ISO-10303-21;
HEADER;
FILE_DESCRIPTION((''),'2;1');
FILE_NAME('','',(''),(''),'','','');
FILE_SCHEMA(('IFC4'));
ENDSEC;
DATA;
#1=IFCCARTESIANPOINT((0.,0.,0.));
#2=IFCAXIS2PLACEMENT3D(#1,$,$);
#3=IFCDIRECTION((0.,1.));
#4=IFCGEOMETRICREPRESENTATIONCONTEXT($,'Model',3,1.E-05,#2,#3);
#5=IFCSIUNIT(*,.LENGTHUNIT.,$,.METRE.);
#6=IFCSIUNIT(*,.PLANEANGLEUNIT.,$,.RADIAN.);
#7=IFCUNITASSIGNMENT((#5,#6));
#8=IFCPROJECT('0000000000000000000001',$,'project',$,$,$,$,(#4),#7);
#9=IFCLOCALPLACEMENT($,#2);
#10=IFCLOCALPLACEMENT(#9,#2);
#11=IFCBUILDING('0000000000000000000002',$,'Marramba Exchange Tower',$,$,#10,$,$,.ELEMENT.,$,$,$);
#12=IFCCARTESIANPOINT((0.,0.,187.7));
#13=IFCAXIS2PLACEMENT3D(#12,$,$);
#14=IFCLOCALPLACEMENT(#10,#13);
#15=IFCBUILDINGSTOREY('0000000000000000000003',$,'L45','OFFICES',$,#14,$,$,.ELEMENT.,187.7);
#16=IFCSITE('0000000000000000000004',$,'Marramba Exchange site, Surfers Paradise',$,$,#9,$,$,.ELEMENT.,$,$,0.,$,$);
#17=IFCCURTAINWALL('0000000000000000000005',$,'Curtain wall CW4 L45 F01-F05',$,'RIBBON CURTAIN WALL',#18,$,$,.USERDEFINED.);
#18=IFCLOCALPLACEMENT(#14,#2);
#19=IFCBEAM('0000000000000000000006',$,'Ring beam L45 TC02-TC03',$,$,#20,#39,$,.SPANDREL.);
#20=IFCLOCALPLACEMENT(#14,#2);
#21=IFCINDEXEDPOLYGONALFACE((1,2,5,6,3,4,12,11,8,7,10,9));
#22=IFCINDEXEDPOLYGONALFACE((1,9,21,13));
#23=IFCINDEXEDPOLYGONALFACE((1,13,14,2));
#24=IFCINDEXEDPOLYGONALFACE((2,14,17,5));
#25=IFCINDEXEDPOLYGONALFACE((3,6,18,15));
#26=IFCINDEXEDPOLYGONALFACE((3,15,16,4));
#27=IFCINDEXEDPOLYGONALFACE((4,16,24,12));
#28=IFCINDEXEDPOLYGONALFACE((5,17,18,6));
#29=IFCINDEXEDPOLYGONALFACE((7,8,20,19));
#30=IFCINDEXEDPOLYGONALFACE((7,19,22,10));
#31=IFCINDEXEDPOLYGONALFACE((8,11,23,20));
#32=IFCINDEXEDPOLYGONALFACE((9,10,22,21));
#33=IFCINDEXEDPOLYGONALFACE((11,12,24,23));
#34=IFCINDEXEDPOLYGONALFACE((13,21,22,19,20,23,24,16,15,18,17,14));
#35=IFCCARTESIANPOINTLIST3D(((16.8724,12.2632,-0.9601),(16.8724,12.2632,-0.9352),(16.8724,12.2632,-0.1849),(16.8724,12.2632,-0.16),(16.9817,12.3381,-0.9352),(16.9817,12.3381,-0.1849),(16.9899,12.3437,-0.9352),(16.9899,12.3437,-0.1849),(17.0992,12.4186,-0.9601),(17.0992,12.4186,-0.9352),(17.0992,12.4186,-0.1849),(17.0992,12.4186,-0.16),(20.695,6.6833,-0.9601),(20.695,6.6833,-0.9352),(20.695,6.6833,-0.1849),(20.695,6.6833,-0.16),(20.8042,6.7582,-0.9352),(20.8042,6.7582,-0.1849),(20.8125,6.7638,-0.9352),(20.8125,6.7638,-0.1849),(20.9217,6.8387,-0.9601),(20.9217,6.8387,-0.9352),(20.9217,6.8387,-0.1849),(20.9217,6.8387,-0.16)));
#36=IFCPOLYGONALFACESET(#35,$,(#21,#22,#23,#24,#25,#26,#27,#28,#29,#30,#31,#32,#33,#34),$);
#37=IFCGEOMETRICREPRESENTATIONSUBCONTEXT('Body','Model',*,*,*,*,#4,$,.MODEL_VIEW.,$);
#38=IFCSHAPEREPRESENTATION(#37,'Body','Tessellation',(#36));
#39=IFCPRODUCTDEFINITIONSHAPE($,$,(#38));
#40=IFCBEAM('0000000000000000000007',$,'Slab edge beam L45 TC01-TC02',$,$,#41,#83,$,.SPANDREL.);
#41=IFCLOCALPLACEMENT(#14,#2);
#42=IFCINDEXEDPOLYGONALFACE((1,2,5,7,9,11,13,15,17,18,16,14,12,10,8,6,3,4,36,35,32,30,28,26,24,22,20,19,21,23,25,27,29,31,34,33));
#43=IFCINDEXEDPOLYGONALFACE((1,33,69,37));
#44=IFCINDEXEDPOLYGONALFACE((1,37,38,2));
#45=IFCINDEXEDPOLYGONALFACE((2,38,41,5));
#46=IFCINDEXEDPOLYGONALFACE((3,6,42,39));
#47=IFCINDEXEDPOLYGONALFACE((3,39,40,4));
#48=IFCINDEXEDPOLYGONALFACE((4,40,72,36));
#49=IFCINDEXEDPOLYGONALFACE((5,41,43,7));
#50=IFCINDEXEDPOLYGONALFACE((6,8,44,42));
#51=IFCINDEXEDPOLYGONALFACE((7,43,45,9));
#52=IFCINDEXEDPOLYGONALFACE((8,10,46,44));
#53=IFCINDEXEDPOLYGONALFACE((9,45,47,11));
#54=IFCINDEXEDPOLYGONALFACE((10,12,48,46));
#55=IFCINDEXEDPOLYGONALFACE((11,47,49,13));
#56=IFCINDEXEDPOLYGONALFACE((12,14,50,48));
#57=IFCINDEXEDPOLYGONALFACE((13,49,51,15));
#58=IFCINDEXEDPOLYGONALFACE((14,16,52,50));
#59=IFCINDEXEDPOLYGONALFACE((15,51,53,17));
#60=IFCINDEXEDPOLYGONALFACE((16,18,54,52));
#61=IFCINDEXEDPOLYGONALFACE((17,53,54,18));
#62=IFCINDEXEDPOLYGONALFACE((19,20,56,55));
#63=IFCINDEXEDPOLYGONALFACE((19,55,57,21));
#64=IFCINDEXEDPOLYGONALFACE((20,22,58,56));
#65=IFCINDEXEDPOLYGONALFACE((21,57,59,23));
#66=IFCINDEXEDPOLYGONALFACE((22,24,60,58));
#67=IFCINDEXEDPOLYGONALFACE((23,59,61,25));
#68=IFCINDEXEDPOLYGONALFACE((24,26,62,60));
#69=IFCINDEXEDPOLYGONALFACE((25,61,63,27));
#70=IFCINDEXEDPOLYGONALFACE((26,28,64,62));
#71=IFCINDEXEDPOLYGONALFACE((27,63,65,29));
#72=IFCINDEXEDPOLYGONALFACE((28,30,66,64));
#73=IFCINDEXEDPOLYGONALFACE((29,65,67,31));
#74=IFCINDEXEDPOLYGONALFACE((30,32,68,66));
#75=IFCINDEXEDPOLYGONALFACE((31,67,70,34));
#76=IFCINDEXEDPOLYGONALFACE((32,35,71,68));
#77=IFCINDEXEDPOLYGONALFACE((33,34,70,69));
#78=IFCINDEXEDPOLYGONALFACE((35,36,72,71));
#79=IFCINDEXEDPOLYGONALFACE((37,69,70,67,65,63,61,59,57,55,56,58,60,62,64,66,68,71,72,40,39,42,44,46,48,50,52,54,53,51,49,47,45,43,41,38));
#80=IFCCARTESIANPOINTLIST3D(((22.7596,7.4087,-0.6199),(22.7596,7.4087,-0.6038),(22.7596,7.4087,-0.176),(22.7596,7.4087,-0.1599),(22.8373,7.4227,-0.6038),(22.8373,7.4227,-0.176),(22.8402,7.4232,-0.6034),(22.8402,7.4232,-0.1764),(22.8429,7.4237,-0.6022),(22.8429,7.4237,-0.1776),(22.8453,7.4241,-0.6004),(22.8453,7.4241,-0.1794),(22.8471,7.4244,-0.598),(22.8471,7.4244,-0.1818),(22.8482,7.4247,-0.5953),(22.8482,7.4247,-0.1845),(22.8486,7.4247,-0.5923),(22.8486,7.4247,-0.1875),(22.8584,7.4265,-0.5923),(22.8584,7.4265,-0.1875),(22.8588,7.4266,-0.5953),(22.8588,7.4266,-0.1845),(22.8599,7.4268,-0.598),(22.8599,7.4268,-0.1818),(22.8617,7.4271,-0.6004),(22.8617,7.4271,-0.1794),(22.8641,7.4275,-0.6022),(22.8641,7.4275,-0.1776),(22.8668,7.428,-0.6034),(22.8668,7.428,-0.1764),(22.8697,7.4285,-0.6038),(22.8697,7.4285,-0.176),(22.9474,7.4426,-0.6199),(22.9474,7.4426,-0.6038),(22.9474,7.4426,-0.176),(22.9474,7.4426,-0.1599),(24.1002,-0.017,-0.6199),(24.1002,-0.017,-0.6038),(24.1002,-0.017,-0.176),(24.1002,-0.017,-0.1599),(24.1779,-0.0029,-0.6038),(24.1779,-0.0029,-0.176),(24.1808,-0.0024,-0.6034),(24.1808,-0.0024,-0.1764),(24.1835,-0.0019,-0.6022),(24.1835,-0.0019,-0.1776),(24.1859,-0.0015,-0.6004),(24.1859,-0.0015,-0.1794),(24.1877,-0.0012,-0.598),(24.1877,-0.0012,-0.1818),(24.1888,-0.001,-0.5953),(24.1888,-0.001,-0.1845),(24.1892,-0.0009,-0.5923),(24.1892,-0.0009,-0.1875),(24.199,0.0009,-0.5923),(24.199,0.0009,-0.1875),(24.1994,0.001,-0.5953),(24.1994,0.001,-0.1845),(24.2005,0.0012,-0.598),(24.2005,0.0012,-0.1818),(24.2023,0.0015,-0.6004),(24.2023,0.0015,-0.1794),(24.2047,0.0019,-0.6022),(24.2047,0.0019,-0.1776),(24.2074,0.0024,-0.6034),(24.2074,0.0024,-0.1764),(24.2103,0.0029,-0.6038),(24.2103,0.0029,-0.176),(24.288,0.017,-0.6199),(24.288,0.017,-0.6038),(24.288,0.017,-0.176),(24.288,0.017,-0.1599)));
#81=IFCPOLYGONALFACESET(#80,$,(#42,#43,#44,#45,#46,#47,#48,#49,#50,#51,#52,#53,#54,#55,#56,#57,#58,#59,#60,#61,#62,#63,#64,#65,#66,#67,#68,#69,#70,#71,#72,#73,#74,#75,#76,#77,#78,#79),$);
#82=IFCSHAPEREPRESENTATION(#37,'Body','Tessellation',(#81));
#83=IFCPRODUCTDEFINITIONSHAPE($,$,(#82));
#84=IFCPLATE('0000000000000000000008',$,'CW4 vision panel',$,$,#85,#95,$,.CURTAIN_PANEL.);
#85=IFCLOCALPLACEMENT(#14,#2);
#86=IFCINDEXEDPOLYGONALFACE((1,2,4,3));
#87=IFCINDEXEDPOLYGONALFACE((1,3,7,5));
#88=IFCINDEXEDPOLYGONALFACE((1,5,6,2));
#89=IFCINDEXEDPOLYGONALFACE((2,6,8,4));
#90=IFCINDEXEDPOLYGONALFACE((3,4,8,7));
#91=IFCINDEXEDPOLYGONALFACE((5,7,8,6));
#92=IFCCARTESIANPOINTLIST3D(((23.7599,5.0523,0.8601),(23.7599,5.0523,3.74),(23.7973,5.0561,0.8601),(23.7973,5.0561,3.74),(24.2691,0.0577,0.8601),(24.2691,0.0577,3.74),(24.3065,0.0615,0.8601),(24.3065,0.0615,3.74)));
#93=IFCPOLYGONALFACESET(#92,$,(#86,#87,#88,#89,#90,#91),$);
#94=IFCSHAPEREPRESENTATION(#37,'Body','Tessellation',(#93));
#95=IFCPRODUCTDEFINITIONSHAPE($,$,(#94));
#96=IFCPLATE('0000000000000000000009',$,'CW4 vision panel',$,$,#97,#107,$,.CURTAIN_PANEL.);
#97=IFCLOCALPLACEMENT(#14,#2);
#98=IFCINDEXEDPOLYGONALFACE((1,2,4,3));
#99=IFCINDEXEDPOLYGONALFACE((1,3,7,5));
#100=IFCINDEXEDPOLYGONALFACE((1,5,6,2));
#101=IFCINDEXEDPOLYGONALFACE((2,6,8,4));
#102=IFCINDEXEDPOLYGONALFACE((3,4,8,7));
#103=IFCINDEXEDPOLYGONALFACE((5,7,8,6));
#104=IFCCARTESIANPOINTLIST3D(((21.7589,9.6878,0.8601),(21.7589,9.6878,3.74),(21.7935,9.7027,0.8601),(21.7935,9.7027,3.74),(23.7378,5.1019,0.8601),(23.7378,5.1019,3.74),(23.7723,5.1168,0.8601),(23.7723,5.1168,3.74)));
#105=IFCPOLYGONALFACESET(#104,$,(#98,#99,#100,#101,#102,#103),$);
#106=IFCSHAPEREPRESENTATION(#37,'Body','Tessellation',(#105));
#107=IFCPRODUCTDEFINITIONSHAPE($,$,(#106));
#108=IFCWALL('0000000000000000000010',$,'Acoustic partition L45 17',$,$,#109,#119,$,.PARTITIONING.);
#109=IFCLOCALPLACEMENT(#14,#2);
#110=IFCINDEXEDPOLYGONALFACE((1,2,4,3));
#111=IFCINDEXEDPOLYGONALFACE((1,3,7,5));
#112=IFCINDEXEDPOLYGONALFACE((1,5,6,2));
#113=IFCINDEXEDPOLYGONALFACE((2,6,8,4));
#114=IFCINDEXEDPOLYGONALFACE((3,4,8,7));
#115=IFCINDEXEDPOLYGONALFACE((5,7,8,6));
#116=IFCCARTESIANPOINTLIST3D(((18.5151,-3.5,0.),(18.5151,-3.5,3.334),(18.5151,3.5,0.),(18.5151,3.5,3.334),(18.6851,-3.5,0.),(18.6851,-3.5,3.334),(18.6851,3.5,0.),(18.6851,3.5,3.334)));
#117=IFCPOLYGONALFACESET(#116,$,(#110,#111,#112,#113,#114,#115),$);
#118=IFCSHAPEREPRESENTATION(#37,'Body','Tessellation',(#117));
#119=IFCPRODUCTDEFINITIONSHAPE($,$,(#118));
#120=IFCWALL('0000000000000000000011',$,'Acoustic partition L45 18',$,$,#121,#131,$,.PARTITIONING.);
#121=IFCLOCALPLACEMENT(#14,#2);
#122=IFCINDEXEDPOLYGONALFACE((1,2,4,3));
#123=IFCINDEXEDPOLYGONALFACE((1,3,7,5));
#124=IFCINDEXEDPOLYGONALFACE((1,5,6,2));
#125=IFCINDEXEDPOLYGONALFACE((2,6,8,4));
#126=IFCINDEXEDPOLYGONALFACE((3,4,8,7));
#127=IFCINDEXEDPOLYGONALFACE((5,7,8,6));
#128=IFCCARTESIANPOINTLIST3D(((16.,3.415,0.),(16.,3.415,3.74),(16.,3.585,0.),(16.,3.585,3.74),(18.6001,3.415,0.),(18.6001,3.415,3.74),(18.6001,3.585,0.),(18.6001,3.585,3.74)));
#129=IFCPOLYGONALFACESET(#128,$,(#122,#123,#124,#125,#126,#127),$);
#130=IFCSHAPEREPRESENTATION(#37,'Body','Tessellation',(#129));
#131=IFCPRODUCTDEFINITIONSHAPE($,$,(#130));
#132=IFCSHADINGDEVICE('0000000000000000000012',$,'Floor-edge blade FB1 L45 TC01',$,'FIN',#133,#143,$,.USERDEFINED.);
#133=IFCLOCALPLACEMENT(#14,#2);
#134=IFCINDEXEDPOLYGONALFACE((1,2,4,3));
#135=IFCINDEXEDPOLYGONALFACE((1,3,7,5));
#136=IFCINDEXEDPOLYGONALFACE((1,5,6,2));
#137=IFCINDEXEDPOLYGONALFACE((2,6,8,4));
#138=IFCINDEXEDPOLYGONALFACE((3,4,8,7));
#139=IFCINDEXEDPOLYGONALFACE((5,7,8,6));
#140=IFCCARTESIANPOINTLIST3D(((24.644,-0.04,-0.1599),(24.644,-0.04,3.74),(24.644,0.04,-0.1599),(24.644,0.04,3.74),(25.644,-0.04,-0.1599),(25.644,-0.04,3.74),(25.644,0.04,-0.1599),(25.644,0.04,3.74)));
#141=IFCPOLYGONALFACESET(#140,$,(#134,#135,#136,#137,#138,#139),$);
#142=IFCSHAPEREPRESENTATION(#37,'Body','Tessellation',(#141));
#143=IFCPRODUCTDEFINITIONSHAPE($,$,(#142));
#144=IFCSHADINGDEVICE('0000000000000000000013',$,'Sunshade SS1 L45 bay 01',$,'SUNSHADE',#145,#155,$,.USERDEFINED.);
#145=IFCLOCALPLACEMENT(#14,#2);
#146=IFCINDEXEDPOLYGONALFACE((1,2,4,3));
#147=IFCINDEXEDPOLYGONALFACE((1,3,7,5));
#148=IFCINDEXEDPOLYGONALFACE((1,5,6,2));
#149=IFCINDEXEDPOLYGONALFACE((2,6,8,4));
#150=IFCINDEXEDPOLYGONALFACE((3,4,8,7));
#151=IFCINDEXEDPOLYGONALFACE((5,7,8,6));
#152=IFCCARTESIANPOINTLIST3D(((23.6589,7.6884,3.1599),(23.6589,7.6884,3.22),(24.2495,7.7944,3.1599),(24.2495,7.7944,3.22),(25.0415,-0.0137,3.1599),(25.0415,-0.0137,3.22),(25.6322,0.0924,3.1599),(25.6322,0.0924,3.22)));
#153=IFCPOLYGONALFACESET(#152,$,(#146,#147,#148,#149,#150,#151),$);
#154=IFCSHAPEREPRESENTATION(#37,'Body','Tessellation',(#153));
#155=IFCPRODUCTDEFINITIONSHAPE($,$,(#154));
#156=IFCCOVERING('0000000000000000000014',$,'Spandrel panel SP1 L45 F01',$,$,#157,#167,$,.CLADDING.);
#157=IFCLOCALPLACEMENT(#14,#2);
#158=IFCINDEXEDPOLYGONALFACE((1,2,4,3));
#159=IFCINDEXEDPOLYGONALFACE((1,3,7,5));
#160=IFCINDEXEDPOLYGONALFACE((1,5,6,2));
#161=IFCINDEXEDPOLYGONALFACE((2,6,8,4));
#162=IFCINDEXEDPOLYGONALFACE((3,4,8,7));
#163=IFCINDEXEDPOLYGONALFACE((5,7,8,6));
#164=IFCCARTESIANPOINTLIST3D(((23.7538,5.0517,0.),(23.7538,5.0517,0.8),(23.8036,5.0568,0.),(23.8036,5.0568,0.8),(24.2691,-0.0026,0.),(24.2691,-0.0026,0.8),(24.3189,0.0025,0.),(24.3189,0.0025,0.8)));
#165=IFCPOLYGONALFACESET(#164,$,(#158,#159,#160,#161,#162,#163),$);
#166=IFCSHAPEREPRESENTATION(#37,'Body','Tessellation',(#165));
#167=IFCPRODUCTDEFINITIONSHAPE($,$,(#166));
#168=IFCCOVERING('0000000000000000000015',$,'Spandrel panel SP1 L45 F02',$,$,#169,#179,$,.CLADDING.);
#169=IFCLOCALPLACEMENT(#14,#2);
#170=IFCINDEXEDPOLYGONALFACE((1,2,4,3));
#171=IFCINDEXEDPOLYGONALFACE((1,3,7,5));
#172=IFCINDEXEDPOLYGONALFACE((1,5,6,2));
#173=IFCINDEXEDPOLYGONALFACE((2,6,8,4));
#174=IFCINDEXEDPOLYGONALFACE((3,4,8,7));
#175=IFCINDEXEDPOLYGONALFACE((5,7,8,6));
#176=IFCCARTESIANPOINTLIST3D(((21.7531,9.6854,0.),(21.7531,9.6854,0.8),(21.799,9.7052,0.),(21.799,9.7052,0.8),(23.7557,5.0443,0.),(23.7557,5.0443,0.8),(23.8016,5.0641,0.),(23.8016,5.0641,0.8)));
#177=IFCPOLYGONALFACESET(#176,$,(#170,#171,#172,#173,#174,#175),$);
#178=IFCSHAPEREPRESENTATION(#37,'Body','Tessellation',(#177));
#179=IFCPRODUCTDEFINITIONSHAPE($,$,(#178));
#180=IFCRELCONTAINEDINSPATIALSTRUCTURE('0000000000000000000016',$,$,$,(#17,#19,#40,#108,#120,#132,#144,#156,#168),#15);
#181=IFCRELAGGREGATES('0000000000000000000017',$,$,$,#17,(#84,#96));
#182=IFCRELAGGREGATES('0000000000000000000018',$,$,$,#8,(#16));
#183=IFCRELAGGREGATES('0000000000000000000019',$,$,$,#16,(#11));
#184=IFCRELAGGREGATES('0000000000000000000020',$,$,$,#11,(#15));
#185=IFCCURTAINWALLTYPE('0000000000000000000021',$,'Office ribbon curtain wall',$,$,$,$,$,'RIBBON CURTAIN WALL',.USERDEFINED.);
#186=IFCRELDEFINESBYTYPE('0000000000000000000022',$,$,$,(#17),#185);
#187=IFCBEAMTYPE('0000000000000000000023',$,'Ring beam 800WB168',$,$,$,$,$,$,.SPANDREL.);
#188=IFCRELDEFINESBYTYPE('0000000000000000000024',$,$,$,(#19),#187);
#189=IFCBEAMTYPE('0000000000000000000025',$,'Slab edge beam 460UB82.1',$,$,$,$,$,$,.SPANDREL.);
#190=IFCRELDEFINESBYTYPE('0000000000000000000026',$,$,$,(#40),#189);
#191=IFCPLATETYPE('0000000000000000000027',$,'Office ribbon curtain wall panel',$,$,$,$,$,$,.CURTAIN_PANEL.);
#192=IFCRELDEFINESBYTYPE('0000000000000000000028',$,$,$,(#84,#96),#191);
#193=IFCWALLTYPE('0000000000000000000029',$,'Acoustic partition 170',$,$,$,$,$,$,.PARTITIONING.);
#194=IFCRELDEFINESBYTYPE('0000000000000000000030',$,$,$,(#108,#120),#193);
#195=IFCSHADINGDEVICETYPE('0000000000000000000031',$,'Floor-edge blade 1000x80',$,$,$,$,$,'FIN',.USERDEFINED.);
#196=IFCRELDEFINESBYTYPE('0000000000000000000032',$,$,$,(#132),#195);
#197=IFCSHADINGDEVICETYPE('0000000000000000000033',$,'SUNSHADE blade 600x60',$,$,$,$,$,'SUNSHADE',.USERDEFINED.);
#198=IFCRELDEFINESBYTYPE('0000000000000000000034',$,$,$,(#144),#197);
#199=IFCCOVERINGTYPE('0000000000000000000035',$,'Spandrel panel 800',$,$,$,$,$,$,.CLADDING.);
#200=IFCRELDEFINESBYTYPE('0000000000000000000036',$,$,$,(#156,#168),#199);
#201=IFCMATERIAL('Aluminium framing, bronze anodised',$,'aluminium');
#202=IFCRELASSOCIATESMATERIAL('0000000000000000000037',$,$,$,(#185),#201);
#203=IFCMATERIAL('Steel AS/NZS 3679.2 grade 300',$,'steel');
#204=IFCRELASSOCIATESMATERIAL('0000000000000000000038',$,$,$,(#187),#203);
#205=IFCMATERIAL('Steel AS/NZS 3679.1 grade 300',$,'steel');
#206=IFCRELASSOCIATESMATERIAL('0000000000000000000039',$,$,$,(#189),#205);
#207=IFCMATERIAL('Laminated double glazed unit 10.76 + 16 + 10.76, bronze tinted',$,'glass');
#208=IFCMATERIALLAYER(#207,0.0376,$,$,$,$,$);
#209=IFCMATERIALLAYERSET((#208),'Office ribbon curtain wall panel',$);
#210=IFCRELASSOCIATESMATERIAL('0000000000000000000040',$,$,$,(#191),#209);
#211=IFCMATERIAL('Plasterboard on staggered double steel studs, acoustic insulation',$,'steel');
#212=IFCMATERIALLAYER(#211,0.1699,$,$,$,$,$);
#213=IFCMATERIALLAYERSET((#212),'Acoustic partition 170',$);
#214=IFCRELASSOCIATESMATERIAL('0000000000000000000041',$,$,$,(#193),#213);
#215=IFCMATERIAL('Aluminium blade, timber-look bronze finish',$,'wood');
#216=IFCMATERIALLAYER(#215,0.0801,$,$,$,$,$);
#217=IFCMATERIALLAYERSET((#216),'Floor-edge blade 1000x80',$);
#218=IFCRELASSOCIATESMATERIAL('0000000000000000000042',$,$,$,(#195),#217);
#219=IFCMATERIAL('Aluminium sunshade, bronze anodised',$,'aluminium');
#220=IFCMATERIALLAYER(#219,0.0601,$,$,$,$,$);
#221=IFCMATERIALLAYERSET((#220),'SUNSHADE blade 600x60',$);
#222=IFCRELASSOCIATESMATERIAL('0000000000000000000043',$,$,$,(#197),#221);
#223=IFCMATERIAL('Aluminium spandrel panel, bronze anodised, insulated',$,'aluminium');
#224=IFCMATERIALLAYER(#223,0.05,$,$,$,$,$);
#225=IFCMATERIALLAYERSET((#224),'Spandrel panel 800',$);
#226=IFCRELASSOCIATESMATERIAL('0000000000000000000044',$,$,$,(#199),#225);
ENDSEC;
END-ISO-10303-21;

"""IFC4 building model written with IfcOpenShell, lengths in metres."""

from ifc_helpers import new_model, si_unit, direction, frame, frame_2d, origin, origin_2d, place, context, subcontext, project, spatial, rectangle, i_section, extrude, material, layer, layer_set, material_profile, profile_set, type_object, element, aggregate, save


model = new_model("IFC4")

# Units and contexts
model_context = context("Model", 3, precision=1e-05, world=origin(), true_north=direction((0.0, 1.0)))
body_context = subcontext(model_context, "Body", "Model", "MODEL_VIEW")
ifc_project = project(units=[si_unit("LENGTHUNIT", "METRE"), si_unit("PLANEANGLEUNIT", "RADIAN")], contexts=[model_context])

# Site, building, storey
site_placement = place(None, origin())
site = spatial("IfcSite", under=ifc_project, at=site_placement, Name="Marramba Exchange site, Surfers Paradise", CompositionType="ELEMENT", RefElevation=0.0)
building_placement = place(site_placement, origin())
building = spatial("IfcBuilding", under=site, at=building_placement, Name="Marramba Exchange Tower", CompositionType="ELEMENT")
storey_placement = place(building_placement, frame((0.0, 0.0, 187.7)))
storey = spatial("IfcBuildingStorey", under=building, at=storey_placement, Name="L45", Description="OFFICES", CompositionType="ELEMENT", Elevation=187.7)

# Shared definitions
ifc_material_1 = material(Name="Steel AS/NZS 3679.2 grade 300", Category="steel")
ifc_material_2 = material(Name="Steel AS/NZS 3679.1 grade 300", Category="steel")

# Curtain wall
ifc_material_3 = material(Name="Aluminium framing, bronze anodised", Category="aluminium")
curtain_wall_type = type_object("IfcCurtainWallType", Name="Office ribbon curtain wall", ElementType="RIBBON CURTAIN WALL", PredefinedType="USERDEFINED", material=ifc_material_3)
curtain_wall_placement = place(storey_placement, origin())
curtain_wall = element("IfcCurtainWall", 1, at=curtain_wall_placement, inside=storey, type_object=curtain_wall_type, Name="Curtain wall CW4 L45 F01-F05", ObjectType="RIBBON CURTAIN WALL", PredefinedType="USERDEFINED")

# Beams
ifc_material_profile_1 = material_profile(ifc_material_1, i_section(OverallWidth=0.2749, OverallDepth=0.8, WebThickness=0.01, FlangeThickness=0.0249, at=origin_2d()), Name="800WB168")
ifc_profile_set_1 = profile_set([ifc_material_profile_1], Name="Steel AS/NZS 3679.2 grade 300")
beam_type_1 = type_object("IfcBeamType", Name="Ring beam 800WB168", PredefinedType="SPANDREL", material=ifc_profile_set_1)
beam_1_placement = place(storey_placement, frame((20.8083, 6.761, -0.5601), z_axis=(-0.56516, 0.824981, 0.0), x_axis=(-0.824981, -0.56516, 0.0)))
element("IfcBeam", 2, at=beam_1_placement, inside=storey, type_object=beam_type_1, Name="Ring beam L45 TC02-TC03", PredefinedType="SPANDREL", context=body_context, shape_type="SweptSolid", body=[
    extrude(i_section(OverallWidth=0.2749, OverallDepth=0.8, WebThickness=0.01, FlangeThickness=0.0249, at=origin_2d()), origin(), (0.0, 0.0, 1.0), 6.7637),
])
ifc_material_profile_2 = material_profile(ifc_material_2, i_section(OverallWidth=0.1909, OverallDepth=0.46, WebThickness=0.01, FlangeThickness=0.0161, FilletRadius=0.0115, at=origin_2d()), Name="460UB82.1")
ifc_profile_set_2 = profile_set([ifc_material_profile_2], Name="Steel AS/NZS 3679.1 grade 300")
beam_type_2 = type_object("IfcBeamType", Name="Slab edge beam 460UB82.1", PredefinedType="SPANDREL", material=ifc_profile_set_2)
beam_2_placement = place(storey_placement, frame((24.1941, 0.0, -0.3899), z_axis=(-0.177664, 0.984091, 0.0), x_axis=(-0.984091, -0.177664, 0.0)))
element("IfcBeam", 3, at=beam_2_placement, inside=storey, type_object=beam_type_2, Name="Slab edge beam L45 TC01-TC02", PredefinedType="SPANDREL", context=body_context, shape_type="SweptSolid", body=[
    extrude(i_section(OverallWidth=0.1909, OverallDepth=0.46, WebThickness=0.01, FlangeThickness=0.0161, FilletRadius=0.0115, at=origin_2d()), origin(), (0.0, 0.0, 1.0), 7.5457),
])

# Plates
ifc_material_4 = material(Name="Laminated double glazed unit 10.76 + 16 + 10.76, bronze tinted", Category="glass")
ifc_layer_1 = layer(ifc_material_4, 0.0376)
ifc_layer_set_1 = layer_set([ifc_layer_1], Name="Office ribbon curtain wall panel")
plate_type = type_object("IfcPlateType", Name="Office ribbon curtain wall panel", PredefinedType="CURTAIN_PANEL", material=ifc_layer_set_1)
plate_1_placement = place(storey_placement, frame((24.0332, 2.5569, 0.8601), z_axis=(0.0, 0.0, 1.0), x_axis=(-0.101422, 0.994843, 0.0)))
plate_1 = element("IfcPlate", 4, at=plate_1_placement, type_object=plate_type, Name="CW4 vision panel", PredefinedType="CURTAIN_PANEL", context=body_context, shape_type="SweptSolid", body=[
    extrude(rectangle(XDim=5.0205, YDim=0.0376, at=origin_2d()), origin(), (0.0, 0.0, 1.0), 2.8799),
])
plate_2_placement = place(storey_placement, frame((22.7656, 7.4023, 0.8601), z_axis=(0.0, 0.0, 1.0), x_axis=(-0.396193, 0.918167, 0.0)))
plate_2 = element("IfcPlate", 5, at=plate_2_placement, type_object=plate_type, Name="CW4 vision panel", PredefinedType="CURTAIN_PANEL", context=body_context, shape_type="SweptSolid", body=[
    extrude(rectangle(XDim=4.9946, YDim=0.0376, at=origin_2d()), origin(), (0.0, 0.0, 1.0), 2.8799),
])
aggregate(curtain_wall, [plate_1, plate_2])

# Walls
ifc_material_5 = material(Name="Plasterboard on staggered double steel studs, acoustic insulation", Category="steel")
ifc_layer_2 = layer(ifc_material_5, 0.1699)
ifc_layer_set_2 = layer_set([ifc_layer_2], Name="Acoustic partition 170")
wall_type = type_object("IfcWallType", Name="Acoustic partition 170", PredefinedType="PARTITIONING", material=ifc_layer_set_2)
wall_1_placement = place(storey_placement, frame((18.6001, 3.5, 0.0), z_axis=(0.0, 0.0, 1.0), x_axis=(0.0, -1.0, 0.0)))
element("IfcWall", 6, at=wall_1_placement, inside=storey, type_object=wall_type, Name="Acoustic partition L45 17", PredefinedType="PARTITIONING", context=body_context, shape_type="SweptSolid", body=[
    extrude(rectangle(XDim=7.0, YDim=0.1699, at=frame_2d((3.5, 0.0))), origin(), (0.0, 0.0, 1.0), 3.334),
])
wall_2_placement = place(storey_placement, frame((16.0, 3.5, 0.0), z_axis=(0.0, 0.0, 1.0), x_axis=(1.0, 0.0, 0.0)))
element("IfcWall", 7, at=wall_2_placement, inside=storey, type_object=wall_type, Name="Acoustic partition L45 18", PredefinedType="PARTITIONING", context=body_context, shape_type="SweptSolid", body=[
    extrude(rectangle(XDim=2.6001, YDim=0.1699, at=frame_2d((1.3, 0.0))), origin(), (0.0, 0.0, 1.0), 3.74),
])

# Shading devices
ifc_material_6 = material(Name="Aluminium blade, timber-look bronze finish", Category="wood")
ifc_layer_3 = layer(ifc_material_6, 0.0801)
ifc_layer_set_3 = layer_set([ifc_layer_3], Name="Floor-edge blade 1000x80")
shading_device_type_1 = type_object("IfcShadingDeviceType", Name="Floor-edge blade 1000x80", ElementType="FIN", PredefinedType="USERDEFINED", material=ifc_layer_set_3)
shading_device_1_placement = place(storey_placement, frame((25.144, 0.0, -0.1599), z_axis=(0.0, 0.0, 1.0), x_axis=(1.0, 0.0, 0.0)))
element("IfcShadingDevice", 8, at=shading_device_1_placement, inside=storey, type_object=shading_device_type_1, Name="Floor-edge blade FB1 L45 TC01", ObjectType="FIN", PredefinedType="USERDEFINED", context=body_context, shape_type="SweptSolid", body=[
    extrude(rectangle(XDim=1.0, YDim=0.0801, at=origin_2d()), origin(), (0.0, 0.0, 1.0), 3.8999),
])
ifc_material_7 = material(Name="Aluminium sunshade, bronze anodised", Category="aluminium")
ifc_layer_4 = layer(ifc_material_7, 0.0601)
ifc_layer_set_4 = layer_set([ifc_layer_4], Name="SUNSHADE blade 600x60")
shading_device_type_2 = type_object("IfcShadingDeviceType", Name="SUNSHADE blade 600x60", ElementType="SUNSHADE", PredefinedType="USERDEFINED", material=ifc_layer_set_4)
shading_device_2_placement = place(storey_placement, frame((24.6455, 3.8904, 3.1599), z_axis=(0.0, 0.0, 1.0), x_axis=(-0.176691, 0.984266, 0.0)))
element("IfcShadingDevice", 9, at=shading_device_2_placement, inside=storey, type_object=shading_device_type_2, Name="Sunshade SS1 L45 bay 01", ObjectType="SUNSHADE", PredefinedType="USERDEFINED", context=body_context, shape_type="SweptSolid", body=[
    extrude(rectangle(XDim=7.8252, YDim=0.6001, at=origin_2d()), origin(), (0.0, 0.0, 1.0), 0.0601),
])

# Coverings
ifc_material_8 = material(Name="Aluminium spandrel panel, bronze anodised, insulated", Category="aluminium")
ifc_layer_5 = layer(ifc_material_8, 0.05)
ifc_layer_set_5 = layer_set([ifc_layer_5], Name="Spandrel panel 800")
covering_type = type_object("IfcCoveringType", Name="Spandrel panel 800", PredefinedType="CLADDING", material=ifc_layer_set_5)
covering_1_placement = place(storey_placement, frame((24.0364, 2.5271, 0.0), z_axis=(0.0, 0.0, 1.0), x_axis=(-0.101422, 0.994843, 0.0)))
element("IfcCovering", 10, at=covering_1_placement, inside=storey, type_object=covering_type, Name="Spandrel panel SP1 L45 F01", PredefinedType="CLADDING", context=body_context, shape_type="SweptSolid", body=[
    extrude(rectangle(XDim=5.0806, YDim=0.05, at=origin_2d()), origin(), (0.0, 0.0, 1.0), 0.8),
])
covering_2_placement = place(storey_placement, frame((22.7773, 7.3748, 0.0), z_axis=(0.0, 0.0, 1.0), x_axis=(-0.396193, 0.918167, 0.0)))
element("IfcCovering", 11, at=covering_2_placement, inside=storey, type_object=covering_type, Name="Spandrel panel SP1 L45 F02", PredefinedType="CLADDING", context=body_context, shape_type="SweptSolid", body=[
    extrude(rectangle(XDim=5.0547, YDim=0.05, at=origin_2d()), origin(), (0.0, 0.0, 1.0), 0.8),
])

save(model, "model.ifc")
